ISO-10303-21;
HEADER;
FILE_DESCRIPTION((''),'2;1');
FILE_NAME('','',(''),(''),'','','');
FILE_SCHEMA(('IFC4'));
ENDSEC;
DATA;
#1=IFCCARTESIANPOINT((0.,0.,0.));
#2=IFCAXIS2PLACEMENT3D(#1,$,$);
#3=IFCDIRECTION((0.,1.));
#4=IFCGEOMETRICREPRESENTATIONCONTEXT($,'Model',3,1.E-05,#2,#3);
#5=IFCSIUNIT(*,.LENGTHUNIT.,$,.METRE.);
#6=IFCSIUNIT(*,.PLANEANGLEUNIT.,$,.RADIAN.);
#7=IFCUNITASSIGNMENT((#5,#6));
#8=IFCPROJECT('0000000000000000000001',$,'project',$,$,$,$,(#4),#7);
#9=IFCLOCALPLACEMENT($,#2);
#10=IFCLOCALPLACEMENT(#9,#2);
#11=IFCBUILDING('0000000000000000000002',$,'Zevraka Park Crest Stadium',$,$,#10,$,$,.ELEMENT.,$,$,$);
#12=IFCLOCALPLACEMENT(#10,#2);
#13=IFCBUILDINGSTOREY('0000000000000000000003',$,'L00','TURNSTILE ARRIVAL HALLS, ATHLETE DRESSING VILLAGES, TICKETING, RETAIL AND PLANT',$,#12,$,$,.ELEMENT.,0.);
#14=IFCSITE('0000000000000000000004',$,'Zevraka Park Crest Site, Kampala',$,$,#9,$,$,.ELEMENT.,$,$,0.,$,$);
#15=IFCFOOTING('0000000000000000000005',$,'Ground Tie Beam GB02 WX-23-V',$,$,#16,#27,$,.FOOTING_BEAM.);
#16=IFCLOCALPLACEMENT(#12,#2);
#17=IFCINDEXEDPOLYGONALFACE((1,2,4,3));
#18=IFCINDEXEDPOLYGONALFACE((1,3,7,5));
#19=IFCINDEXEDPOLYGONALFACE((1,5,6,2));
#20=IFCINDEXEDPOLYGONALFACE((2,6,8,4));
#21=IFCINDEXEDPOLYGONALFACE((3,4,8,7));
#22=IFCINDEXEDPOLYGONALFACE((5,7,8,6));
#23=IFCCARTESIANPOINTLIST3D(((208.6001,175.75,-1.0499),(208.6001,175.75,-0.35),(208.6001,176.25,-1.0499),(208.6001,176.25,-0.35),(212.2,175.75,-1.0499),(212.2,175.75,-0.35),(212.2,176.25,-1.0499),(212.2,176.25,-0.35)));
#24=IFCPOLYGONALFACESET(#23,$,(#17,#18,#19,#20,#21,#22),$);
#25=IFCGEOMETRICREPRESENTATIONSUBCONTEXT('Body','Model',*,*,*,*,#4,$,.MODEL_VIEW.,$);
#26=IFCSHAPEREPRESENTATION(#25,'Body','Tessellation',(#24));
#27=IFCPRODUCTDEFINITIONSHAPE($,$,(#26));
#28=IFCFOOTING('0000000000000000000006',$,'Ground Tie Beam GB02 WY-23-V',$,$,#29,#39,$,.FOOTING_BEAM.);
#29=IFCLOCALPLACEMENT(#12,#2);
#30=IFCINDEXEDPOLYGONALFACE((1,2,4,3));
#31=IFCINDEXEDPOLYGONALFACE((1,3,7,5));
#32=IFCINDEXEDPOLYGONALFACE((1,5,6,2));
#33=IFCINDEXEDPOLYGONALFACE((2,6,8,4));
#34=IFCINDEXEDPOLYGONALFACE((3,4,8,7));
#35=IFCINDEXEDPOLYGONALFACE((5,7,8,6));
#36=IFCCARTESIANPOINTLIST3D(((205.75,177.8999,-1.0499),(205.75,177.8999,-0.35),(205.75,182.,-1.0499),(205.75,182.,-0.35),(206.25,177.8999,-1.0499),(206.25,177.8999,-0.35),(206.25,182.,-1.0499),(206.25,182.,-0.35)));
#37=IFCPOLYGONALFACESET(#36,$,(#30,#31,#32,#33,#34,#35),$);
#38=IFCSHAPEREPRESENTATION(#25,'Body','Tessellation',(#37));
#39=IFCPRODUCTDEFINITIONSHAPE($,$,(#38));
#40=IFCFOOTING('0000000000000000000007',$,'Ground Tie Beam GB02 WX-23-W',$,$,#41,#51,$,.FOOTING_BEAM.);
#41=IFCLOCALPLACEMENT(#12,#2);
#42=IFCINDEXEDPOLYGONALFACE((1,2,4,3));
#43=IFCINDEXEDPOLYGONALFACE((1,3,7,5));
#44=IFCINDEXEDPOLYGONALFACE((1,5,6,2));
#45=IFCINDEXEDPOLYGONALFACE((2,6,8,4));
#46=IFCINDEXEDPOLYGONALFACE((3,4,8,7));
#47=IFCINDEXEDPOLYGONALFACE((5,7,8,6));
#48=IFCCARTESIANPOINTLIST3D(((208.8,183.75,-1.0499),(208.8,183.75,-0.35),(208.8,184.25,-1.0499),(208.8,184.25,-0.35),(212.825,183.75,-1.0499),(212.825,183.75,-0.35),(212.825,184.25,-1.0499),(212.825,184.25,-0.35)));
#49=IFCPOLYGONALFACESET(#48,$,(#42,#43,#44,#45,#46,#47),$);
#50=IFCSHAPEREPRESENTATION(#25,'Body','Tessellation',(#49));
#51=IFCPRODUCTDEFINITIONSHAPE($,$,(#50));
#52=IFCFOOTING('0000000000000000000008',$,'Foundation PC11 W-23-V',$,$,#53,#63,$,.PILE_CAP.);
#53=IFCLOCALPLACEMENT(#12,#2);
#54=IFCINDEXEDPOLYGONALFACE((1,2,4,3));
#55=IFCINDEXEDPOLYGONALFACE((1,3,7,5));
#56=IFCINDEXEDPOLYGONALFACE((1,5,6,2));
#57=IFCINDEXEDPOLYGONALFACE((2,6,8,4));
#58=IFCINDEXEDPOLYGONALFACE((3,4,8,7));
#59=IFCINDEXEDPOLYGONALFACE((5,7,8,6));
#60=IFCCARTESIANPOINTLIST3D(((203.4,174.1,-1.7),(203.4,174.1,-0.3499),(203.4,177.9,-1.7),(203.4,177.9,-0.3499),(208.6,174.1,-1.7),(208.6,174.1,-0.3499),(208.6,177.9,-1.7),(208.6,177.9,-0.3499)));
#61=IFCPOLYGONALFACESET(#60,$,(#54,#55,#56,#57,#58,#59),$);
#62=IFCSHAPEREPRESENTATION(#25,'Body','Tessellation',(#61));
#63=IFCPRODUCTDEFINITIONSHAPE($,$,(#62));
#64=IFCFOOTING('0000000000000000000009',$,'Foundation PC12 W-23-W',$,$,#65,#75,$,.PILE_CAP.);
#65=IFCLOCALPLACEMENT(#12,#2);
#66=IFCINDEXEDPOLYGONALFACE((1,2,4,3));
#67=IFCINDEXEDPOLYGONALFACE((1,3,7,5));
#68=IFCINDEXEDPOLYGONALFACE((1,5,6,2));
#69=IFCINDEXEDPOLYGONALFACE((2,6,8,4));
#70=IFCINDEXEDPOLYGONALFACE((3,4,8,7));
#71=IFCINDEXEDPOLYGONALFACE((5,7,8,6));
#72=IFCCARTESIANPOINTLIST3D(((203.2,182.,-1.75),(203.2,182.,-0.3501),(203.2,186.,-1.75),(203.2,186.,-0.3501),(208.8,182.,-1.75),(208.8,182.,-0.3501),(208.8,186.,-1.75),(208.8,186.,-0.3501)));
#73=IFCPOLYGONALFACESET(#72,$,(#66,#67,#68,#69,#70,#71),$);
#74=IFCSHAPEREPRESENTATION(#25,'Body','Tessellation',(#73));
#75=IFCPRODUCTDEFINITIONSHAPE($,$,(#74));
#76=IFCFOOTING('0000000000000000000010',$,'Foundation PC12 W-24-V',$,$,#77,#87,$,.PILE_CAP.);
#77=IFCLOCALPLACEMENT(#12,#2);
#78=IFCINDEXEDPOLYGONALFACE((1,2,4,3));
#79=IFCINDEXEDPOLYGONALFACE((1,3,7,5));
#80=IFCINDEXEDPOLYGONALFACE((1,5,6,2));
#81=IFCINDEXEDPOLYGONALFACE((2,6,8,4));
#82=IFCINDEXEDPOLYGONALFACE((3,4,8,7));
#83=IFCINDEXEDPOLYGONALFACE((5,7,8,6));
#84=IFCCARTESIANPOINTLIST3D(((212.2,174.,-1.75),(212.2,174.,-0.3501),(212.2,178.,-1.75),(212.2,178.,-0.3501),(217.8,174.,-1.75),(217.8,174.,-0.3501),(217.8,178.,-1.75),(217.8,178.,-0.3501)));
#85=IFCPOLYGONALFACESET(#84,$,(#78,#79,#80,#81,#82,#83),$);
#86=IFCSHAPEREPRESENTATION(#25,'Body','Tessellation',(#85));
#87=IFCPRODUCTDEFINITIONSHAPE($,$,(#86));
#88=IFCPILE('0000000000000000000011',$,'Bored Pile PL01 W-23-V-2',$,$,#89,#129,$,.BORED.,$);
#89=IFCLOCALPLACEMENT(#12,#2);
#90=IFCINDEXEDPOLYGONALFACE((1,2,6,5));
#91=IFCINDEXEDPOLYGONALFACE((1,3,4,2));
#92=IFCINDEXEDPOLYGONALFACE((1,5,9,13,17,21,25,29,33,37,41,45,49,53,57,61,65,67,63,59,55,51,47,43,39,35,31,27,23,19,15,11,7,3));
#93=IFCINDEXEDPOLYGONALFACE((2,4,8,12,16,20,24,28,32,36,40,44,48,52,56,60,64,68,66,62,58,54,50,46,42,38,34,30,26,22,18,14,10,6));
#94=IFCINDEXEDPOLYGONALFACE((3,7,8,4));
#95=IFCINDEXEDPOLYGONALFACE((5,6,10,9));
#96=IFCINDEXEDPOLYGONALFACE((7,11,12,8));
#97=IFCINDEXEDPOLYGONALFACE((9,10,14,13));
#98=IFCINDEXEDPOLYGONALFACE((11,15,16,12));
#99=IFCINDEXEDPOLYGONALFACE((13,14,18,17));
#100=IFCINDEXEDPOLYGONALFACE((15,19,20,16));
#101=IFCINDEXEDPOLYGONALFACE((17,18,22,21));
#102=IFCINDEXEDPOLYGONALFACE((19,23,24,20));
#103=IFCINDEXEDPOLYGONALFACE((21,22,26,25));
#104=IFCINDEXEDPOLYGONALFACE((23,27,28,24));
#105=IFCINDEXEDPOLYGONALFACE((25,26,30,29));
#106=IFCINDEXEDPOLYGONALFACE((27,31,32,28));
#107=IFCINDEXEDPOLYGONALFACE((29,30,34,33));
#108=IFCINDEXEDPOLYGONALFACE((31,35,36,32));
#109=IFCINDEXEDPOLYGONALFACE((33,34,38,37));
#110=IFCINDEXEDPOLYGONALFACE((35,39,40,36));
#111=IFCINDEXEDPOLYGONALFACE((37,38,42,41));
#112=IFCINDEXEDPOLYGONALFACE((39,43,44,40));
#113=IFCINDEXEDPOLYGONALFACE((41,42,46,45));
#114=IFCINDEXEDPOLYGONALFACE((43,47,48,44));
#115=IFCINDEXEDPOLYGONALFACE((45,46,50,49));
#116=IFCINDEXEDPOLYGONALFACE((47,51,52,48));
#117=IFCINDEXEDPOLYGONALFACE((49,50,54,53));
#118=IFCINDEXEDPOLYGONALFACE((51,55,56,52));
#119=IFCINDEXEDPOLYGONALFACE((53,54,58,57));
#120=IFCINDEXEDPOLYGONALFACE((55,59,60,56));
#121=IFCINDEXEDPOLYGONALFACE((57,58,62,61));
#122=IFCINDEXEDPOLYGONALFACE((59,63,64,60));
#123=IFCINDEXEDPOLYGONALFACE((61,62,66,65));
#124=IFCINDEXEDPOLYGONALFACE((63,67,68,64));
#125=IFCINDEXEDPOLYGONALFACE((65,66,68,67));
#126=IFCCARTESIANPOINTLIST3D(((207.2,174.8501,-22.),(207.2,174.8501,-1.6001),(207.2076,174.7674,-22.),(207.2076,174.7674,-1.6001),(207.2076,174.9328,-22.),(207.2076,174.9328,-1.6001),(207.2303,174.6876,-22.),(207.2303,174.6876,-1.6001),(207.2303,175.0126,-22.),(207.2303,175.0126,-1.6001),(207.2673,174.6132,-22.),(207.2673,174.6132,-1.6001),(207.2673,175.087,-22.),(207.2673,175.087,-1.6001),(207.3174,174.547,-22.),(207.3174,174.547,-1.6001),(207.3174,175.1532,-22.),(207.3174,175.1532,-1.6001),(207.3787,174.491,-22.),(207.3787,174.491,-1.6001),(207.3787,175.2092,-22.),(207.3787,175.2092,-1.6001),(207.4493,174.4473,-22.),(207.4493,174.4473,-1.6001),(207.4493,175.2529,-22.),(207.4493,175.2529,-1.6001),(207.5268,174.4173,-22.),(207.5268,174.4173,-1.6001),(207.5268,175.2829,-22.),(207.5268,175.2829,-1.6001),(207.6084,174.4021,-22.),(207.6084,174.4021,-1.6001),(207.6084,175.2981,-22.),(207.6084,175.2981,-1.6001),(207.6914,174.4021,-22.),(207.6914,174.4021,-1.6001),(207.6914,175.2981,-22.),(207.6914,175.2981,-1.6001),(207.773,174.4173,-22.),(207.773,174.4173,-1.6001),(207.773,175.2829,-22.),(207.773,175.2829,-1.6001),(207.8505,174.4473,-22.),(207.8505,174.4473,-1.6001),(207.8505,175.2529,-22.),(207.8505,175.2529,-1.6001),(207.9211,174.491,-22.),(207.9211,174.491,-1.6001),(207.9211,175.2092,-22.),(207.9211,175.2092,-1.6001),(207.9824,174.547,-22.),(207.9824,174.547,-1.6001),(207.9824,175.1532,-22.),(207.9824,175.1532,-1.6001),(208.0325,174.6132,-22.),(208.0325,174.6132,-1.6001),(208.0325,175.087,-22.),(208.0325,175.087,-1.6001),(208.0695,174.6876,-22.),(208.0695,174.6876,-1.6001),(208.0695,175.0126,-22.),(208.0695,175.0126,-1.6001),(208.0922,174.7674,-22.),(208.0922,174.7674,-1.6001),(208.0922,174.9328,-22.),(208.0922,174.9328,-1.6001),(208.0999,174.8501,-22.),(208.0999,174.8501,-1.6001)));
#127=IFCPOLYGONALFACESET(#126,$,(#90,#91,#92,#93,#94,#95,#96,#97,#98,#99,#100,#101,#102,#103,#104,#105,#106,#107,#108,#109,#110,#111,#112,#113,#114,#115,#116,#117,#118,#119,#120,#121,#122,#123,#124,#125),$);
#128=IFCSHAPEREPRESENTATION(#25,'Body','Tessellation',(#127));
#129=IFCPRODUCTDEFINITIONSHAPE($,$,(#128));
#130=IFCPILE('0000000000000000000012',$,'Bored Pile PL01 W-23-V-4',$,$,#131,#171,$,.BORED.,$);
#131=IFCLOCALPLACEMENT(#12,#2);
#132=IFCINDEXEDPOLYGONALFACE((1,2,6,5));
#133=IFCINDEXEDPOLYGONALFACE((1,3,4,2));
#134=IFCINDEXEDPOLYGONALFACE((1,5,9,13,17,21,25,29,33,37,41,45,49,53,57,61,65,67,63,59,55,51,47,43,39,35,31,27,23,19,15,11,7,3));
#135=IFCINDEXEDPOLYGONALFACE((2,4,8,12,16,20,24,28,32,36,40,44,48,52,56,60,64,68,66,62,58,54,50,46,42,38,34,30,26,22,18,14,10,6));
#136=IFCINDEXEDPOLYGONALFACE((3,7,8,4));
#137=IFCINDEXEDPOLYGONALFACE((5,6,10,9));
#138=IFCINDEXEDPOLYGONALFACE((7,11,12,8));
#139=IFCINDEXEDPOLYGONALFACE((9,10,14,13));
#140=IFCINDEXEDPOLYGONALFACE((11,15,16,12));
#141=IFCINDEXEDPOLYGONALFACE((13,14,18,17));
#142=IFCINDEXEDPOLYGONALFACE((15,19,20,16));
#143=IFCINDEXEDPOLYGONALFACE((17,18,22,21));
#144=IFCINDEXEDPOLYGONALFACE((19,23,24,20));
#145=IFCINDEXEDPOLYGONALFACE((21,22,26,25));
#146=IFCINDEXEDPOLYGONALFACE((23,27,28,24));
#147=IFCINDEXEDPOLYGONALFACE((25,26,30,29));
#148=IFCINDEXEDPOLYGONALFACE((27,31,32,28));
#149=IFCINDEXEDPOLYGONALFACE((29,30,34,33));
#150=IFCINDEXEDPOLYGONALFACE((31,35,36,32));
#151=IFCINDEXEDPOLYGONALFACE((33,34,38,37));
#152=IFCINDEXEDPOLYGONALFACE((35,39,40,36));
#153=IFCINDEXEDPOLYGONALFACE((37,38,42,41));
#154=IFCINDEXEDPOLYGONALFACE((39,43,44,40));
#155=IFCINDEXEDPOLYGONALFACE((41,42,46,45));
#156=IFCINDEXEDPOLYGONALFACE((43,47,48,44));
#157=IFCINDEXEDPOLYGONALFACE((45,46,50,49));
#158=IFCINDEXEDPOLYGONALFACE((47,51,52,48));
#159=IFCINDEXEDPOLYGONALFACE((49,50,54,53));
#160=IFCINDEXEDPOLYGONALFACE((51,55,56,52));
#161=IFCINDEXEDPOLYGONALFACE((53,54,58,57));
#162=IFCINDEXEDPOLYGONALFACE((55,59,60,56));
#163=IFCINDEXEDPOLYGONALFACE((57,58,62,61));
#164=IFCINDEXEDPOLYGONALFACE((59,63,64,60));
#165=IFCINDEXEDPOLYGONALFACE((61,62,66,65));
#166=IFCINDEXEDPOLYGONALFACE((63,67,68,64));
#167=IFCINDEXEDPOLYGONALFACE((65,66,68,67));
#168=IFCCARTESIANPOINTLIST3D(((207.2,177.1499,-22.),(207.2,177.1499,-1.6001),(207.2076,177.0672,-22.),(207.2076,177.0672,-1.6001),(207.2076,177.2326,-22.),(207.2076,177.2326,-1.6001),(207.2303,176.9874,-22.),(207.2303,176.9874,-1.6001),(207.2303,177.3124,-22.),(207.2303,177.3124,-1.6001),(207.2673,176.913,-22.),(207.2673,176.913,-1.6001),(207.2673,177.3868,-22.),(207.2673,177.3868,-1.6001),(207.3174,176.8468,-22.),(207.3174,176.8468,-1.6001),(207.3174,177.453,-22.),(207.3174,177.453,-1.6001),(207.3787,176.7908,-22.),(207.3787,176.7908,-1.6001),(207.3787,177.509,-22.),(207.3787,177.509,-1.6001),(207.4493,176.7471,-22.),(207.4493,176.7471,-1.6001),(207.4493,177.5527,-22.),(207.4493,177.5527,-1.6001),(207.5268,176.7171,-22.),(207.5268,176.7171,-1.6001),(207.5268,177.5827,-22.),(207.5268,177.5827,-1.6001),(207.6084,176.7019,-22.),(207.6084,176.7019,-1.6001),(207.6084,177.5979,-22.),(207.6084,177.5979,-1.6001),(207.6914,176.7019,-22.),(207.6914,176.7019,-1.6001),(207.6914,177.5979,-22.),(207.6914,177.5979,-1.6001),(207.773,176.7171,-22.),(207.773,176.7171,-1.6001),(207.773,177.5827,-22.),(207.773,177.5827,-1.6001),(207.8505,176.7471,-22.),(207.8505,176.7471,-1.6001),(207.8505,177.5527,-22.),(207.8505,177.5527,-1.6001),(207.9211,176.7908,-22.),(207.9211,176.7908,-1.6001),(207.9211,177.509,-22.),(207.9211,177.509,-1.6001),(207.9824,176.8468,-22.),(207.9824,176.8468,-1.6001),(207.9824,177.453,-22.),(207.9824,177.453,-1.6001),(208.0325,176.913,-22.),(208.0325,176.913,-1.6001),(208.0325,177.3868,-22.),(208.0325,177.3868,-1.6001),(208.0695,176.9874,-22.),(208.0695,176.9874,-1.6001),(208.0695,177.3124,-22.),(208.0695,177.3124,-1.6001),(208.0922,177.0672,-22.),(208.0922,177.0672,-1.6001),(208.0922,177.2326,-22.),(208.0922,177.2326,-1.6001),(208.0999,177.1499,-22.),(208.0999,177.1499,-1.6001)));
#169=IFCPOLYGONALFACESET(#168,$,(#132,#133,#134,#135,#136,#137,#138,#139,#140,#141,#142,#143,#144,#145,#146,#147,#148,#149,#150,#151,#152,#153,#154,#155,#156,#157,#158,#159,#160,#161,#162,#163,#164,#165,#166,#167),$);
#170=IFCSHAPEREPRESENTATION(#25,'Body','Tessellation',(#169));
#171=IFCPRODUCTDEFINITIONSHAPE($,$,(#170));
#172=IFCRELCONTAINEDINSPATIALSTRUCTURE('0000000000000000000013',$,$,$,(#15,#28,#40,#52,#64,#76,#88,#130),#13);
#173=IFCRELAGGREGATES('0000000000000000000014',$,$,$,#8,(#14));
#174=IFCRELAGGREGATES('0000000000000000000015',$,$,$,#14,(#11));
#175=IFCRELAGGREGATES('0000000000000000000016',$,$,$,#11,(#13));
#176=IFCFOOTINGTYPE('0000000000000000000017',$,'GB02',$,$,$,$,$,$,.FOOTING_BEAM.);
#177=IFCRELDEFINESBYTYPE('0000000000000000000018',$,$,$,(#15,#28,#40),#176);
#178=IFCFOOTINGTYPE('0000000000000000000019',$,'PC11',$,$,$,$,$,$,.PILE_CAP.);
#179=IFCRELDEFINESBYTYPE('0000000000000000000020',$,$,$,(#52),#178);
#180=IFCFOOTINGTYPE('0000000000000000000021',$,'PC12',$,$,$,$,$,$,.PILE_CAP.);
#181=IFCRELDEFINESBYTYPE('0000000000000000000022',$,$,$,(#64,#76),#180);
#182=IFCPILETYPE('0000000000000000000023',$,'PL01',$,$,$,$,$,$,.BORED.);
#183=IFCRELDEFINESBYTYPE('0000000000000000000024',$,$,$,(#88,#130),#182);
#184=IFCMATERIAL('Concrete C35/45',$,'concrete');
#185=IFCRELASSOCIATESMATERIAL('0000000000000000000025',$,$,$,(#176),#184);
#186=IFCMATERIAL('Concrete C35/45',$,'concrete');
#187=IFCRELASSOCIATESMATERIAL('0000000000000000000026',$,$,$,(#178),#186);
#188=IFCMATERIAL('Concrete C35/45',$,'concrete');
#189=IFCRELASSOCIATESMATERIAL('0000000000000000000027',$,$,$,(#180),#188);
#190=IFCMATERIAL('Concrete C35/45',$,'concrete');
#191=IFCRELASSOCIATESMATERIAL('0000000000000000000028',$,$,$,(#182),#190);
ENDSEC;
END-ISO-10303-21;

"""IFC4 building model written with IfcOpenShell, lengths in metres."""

from ifc_helpers import new_model, si_unit, direction, frame, origin, origin_2d, place, context, subcontext, project, spatial, rectangle, circle, extrude, material, material_profile, profile_set, type_object, element, save


model = new_model("IFC4")

# Units and contexts
model_context = context("Model", 3, precision=1e-05, world=origin(), true_north=direction((0.0, 1.0)))
body_context = subcontext(model_context, "Body", "Model", "MODEL_VIEW")
ifc_project = project(units=[si_unit("LENGTHUNIT", "METRE"), si_unit("PLANEANGLEUNIT", "RADIAN")], contexts=[model_context])

# Site, building, storey
site_placement = place(None, origin())
site = spatial("IfcSite", under=ifc_project, at=site_placement, Name="Zevraka Park Crest Site, Kampala", CompositionType="ELEMENT", RefElevation=0.0)
building_placement = place(site_placement, origin())
building = spatial("IfcBuilding", under=site, at=building_placement, Name="Zevraka Park Crest Stadium", CompositionType="ELEMENT")
storey_placement = place(building_placement, origin())
storey = spatial("IfcBuildingStorey", under=building, at=storey_placement, Name="L00", Description="TURNSTILE ARRIVAL HALLS, ATHLETE DRESSING VILLAGES, TICKETING, RETAIL AND PLANT", CompositionType="ELEMENT", Elevation=0.0)

# Footings
ifc_material_1 = material(Name="Concrete C35/45", Category="concrete")
ifc_material_profile_1 = material_profile(ifc_material_1, rectangle(XDim=0.5, YDim=0.7, at=origin_2d()), Name="GB 700x500")
ifc_profile_set_1 = profile_set([ifc_material_profile_1], Name="Concrete C35/45")
footing_type_1 = type_object("IfcFootingType", Name="GB02", PredefinedType="FOOTING_BEAM", material=ifc_profile_set_1)
footing_1_placement = place(storey_placement, frame((208.6001, 176.0, -0.7), z_axis=(1.0, 0.0, 0.0), x_axis=(0.0, 1.0, 0.0)))
element("IfcFooting", 1, at=footing_1_placement, inside=storey, type_object=footing_type_1, Name="Ground Tie Beam GB02 WX-23-V", PredefinedType="FOOTING_BEAM", context=body_context, shape_type="SweptSolid", body=[
    extrude(rectangle(XDim=0.5, YDim=0.7, at=origin_2d()), origin(), (0.0, 0.0, 1.0), 3.5999),
])
footing_2_placement = place(storey_placement, frame((206.0, 177.8999, -0.7), z_axis=(0.0, 1.0, 0.0), x_axis=(-1.0, 0.0, 0.0)))
element("IfcFooting", 2, at=footing_2_placement, inside=storey, type_object=footing_type_1, Name="Ground Tie Beam GB02 WY-23-V", PredefinedType="FOOTING_BEAM", context=body_context, shape_type="SweptSolid", body=[
    extrude(rectangle(XDim=0.5, YDim=0.7, at=origin_2d()), origin(), (0.0, 0.0, 1.0), 4.1001),
])
footing_3_placement = place(storey_placement, frame((208.8, 184.0, -0.7), z_axis=(1.0, 0.0, 0.0), x_axis=(0.0, 1.0, 0.0)))
element("IfcFooting", 3, at=footing_3_placement, inside=storey, type_object=footing_type_1, Name="Ground Tie Beam GB02 WX-23-W", PredefinedType="FOOTING_BEAM", context=body_context, shape_type="SweptSolid", body=[
    extrude(rectangle(XDim=0.5, YDim=0.7, at=origin_2d()), origin(), (0.0, 0.0, 1.0), 4.0249),
])
ifc_material_2 = material(Name="Concrete C35/45", Category="concrete")
footing_type_2 = type_object("IfcFootingType", Name="PC11", PredefinedType="PILE_CAP", material=ifc_material_2)
footing_4_placement = place(storey_placement, frame((206.0, 176.0, -1.7), z_axis=(0.0, 0.0, 1.0), x_axis=(1.0, 0.0, 0.0)))
element("IfcFooting", 4, at=footing_4_placement, inside=storey, type_object=footing_type_2, Name="Foundation PC11 W-23-V", PredefinedType="PILE_CAP", context=body_context, shape_type="SweptSolid", body=[
    extrude(rectangle(XDim=5.2, YDim=3.8, at=origin_2d()), origin(), (0.0, 0.0, 1.0), 1.3501),
])
ifc_material_3 = material(Name="Concrete C35/45", Category="concrete")
footing_type_3 = type_object("IfcFootingType", Name="PC12", PredefinedType="PILE_CAP", material=ifc_material_3)
for number, where, z_axis, x_axis, name in (
    (5, (206.0, 184.0, -1.75), (0.0, 0.0, 1.0), (1.0, 0.0, 0.0), "Foundation PC12 W-23-W"),
    (6, (215.0, 176.0, -1.75), (0.0, 0.0, 1.0), (1.0, 0.0, 0.0), "Foundation PC12 W-24-V"),
):
    element("IfcFooting", number, at=place(storey_placement, frame(where, z_axis=z_axis, x_axis=x_axis)), inside=storey, type_object=footing_type_3, Name=name, PredefinedType="PILE_CAP", context=body_context, shape_type="SweptSolid", body=[
        extrude(rectangle(XDim=5.6001, YDim=4.0, at=origin_2d()), origin(), (0.0, 0.0, 1.0), 1.3999),
    ])

# Piles
ifc_material_4 = material(Name="Concrete C35/45", Category="concrete")
ifc_material_profile_2 = material_profile(ifc_material_4, circle(Radius=0.45, at=origin_2d()), Name="PILE D900")
ifc_profile_set_2 = profile_set([ifc_material_profile_2], Name="Concrete C35/45")
pile_type_1 = type_object("IfcPileType", Name="PL01", PredefinedType="BORED", material=ifc_profile_set_2)
for number, where, z_axis, x_axis, name in (
    (7, (207.6499, 174.8501, -1.6001), (0.0, 0.0, -1.0), (1.0, 0.0, 0.0), "Bored Pile PL01 W-23-V-2"),
    (8, (207.6499, 177.1499, -1.6001), (0.0, 0.0, -1.0), (1.0, 0.0, 0.0), "Bored Pile PL01 W-23-V-4"),
):
    element("IfcPile", number, at=place(storey_placement, frame(where, z_axis=z_axis, x_axis=x_axis)), inside=storey, type_object=pile_type_1, Name=name, PredefinedType="BORED", context=body_context, shape_type="SweptSolid", body=[
        extrude(circle(Radius=0.45, at=origin_2d()), origin(), (0.0, 0.0, 1.0), 20.3999),
    ])

save(model, "model.ifc")
